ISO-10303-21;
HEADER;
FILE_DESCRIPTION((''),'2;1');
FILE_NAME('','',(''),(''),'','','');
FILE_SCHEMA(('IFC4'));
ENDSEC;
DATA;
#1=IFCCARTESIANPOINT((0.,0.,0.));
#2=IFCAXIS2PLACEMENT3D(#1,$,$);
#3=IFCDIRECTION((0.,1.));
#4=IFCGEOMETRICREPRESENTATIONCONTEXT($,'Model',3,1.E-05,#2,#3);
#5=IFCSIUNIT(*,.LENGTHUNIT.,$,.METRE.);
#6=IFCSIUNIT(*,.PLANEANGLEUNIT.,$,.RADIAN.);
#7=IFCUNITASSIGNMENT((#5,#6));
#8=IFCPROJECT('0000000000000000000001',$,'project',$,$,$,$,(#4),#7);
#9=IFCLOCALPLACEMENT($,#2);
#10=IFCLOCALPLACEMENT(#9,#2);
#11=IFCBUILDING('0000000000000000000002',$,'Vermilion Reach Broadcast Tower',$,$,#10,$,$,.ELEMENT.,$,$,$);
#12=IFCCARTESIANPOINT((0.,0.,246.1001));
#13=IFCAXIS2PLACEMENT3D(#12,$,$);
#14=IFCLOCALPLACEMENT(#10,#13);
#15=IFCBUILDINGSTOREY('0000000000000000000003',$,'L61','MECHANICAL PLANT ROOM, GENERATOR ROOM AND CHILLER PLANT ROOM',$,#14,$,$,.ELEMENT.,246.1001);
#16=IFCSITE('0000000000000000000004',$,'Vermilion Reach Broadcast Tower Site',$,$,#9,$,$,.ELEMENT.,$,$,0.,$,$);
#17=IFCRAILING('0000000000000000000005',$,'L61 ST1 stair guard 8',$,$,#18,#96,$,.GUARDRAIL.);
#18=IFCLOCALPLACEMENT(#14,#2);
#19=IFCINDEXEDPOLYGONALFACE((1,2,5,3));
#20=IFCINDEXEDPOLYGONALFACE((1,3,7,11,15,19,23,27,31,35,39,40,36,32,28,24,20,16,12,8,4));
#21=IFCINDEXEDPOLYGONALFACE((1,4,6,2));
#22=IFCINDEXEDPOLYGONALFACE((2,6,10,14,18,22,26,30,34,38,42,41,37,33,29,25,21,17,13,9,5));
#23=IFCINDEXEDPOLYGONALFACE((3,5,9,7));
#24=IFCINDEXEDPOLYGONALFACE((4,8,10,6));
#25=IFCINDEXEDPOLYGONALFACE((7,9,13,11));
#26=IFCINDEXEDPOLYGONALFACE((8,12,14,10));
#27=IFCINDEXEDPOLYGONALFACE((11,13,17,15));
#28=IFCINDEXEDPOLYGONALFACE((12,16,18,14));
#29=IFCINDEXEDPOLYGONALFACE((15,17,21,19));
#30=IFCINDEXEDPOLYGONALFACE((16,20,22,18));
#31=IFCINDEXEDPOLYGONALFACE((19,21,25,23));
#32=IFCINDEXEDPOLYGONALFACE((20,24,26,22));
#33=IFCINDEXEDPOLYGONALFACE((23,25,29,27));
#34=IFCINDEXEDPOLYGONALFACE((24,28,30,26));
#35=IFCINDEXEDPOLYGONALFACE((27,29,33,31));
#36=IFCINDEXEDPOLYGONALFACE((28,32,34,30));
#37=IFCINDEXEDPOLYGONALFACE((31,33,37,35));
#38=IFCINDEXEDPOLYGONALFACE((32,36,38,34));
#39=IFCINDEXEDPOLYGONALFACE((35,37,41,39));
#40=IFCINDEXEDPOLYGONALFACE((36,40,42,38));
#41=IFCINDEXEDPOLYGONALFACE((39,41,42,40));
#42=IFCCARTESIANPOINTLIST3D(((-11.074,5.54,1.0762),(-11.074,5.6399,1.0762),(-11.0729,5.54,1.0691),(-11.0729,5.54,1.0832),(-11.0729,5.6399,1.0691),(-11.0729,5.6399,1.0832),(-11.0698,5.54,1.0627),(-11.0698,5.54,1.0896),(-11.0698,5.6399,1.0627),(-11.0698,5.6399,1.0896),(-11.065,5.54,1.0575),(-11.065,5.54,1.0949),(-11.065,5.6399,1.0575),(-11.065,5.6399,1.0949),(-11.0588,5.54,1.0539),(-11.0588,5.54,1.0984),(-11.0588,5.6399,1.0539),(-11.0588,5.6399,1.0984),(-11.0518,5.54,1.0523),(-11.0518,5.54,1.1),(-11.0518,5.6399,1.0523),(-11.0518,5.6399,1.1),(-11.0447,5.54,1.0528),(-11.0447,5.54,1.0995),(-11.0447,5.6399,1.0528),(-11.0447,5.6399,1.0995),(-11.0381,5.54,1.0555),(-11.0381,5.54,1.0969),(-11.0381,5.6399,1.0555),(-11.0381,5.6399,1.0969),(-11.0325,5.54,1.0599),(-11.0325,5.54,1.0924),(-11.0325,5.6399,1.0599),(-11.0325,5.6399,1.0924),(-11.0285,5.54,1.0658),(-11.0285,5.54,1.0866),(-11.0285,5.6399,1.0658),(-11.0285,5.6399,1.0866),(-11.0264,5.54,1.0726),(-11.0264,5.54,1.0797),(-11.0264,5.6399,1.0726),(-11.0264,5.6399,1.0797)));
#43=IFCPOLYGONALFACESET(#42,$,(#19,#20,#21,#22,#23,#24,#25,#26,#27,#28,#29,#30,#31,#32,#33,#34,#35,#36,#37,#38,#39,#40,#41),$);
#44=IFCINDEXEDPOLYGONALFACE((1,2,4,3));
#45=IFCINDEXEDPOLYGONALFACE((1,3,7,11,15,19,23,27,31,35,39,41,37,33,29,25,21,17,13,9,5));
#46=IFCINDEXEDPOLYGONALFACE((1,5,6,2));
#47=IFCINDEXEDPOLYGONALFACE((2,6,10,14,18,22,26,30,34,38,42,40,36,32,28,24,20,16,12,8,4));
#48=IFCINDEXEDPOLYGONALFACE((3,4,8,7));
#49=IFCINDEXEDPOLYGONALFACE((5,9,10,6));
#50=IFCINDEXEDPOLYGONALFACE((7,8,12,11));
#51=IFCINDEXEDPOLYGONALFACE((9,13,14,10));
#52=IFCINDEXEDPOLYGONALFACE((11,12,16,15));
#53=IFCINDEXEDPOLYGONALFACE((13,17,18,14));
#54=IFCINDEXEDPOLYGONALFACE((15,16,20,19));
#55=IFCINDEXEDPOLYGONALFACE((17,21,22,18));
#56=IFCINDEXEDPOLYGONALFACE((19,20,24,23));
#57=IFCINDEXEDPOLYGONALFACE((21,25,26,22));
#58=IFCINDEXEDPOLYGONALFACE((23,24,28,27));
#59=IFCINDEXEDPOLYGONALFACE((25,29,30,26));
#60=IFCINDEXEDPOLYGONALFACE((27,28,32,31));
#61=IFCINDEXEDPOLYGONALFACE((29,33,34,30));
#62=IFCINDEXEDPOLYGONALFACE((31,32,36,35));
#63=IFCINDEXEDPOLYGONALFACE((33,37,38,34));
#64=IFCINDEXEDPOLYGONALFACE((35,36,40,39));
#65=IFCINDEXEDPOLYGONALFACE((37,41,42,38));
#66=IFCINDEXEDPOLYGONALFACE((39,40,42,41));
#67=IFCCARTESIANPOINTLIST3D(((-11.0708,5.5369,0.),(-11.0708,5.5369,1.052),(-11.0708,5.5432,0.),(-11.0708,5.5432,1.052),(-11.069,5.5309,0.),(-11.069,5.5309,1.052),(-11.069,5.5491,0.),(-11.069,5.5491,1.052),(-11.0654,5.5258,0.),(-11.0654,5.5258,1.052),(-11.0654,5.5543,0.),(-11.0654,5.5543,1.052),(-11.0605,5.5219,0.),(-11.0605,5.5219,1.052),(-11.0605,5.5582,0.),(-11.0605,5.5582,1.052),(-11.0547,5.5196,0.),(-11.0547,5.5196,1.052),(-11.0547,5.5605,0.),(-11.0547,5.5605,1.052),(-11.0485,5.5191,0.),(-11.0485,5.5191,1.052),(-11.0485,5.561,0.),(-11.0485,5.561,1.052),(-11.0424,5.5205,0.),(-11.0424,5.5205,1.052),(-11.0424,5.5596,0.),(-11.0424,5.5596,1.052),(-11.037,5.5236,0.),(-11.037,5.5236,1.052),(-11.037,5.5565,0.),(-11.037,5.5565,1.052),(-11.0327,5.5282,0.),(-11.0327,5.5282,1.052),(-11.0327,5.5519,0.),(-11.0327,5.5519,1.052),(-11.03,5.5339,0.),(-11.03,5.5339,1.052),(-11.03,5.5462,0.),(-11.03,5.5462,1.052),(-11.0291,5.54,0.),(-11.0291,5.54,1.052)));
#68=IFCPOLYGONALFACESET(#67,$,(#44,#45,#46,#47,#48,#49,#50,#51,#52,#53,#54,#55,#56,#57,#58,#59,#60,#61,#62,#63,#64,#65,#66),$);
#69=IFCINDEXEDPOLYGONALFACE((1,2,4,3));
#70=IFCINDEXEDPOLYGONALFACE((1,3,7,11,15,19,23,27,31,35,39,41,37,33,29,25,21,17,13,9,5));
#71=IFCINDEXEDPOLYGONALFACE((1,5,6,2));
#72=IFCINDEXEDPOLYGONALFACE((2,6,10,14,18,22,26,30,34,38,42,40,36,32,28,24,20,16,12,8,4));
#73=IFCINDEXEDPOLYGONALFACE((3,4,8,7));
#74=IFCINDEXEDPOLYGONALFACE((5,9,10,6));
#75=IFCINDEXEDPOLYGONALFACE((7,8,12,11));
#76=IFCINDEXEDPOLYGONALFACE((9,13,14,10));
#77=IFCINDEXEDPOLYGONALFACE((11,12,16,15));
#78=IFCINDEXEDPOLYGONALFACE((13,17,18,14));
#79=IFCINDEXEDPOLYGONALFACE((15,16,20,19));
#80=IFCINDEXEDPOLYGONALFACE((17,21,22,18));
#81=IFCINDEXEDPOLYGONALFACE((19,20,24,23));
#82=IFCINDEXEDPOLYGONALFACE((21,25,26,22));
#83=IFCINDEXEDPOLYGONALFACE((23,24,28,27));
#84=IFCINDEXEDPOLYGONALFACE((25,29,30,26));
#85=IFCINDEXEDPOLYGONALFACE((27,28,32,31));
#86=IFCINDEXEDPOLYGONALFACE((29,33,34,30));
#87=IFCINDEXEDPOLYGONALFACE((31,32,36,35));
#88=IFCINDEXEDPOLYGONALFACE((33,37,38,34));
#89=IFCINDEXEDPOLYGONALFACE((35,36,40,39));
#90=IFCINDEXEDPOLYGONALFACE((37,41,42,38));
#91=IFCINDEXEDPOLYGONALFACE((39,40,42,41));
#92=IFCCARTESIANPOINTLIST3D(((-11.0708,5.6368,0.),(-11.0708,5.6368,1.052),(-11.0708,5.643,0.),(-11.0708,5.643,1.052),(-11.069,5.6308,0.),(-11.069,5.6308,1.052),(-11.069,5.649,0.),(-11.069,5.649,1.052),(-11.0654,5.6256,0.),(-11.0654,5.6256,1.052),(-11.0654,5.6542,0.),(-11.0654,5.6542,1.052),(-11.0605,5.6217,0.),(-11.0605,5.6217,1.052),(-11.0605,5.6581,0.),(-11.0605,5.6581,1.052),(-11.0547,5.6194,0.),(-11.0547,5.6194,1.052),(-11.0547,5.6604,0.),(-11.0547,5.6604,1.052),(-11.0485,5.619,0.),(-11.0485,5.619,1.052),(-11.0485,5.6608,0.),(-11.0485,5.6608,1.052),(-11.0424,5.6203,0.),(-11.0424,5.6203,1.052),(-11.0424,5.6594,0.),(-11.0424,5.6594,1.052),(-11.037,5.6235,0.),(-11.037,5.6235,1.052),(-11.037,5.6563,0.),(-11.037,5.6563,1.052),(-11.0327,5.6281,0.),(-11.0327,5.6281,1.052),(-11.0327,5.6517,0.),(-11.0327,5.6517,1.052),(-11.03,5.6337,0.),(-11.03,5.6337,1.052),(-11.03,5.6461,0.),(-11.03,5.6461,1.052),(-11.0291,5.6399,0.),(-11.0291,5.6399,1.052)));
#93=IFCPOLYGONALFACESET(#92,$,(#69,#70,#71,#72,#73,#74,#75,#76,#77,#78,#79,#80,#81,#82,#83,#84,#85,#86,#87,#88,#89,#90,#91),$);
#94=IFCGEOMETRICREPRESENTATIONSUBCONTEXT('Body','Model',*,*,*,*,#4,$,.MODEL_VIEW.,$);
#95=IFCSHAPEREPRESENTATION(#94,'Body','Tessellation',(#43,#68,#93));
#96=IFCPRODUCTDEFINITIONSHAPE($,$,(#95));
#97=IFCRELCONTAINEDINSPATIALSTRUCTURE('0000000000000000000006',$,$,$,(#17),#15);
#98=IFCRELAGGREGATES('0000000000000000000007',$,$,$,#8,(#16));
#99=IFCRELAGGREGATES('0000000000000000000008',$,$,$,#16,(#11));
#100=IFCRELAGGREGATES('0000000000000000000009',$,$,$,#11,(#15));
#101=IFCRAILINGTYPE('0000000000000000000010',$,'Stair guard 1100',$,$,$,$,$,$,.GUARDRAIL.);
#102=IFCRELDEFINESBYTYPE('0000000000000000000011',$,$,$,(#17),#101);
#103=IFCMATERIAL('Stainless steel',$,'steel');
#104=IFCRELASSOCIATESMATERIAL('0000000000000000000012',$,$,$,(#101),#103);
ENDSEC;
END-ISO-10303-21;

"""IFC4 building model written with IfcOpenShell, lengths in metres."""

from ifc_helpers import new_model, si_unit, direction, frame, origin, origin_2d, place, context, subcontext, project, spatial, circle, extrude, material, type_object, element, save


model = new_model("IFC4")

# Units and contexts
model_context = context("Model", 3, precision=1e-05, world=origin(), true_north=direction((0.0, 1.0)))
body_context = subcontext(model_context, "Body", "Model", "MODEL_VIEW")
ifc_project = project(units=[si_unit("LENGTHUNIT", "METRE"), si_unit("PLANEANGLEUNIT", "RADIAN")], contexts=[model_context])

# Site, building, storey
site_placement = place(None, origin())
site = spatial("IfcSite", under=ifc_project, at=site_placement, Name="Vermilion Reach Broadcast Tower Site", CompositionType="ELEMENT", RefElevation=0.0)
building_placement = place(site_placement, origin())
building = spatial("IfcBuilding", under=site, at=building_placement, Name="Vermilion Reach Broadcast Tower", CompositionType="ELEMENT")
storey_placement = place(building_placement, frame((0.0, 0.0, 246.1001)))
storey = spatial("IfcBuildingStorey", under=building, at=storey_placement, Name="L61", Description="MECHANICAL PLANT ROOM, GENERATOR ROOM AND CHILLER PLANT ROOM", CompositionType="ELEMENT", Elevation=246.1001)

# Railing
ifc_material_1 = material(Name="Stainless steel", Category="steel")
railing_type_1 = type_object("IfcRailingType", Name="Stair guard 1100", PredefinedType="GUARDRAIL", material=ifc_material_1)
railing_1_placement = place(storey_placement, frame((-11.05, 5.54, 0.0)))
element("IfcRailing", 1, at=railing_1_placement, inside=storey, type_object=railing_type_1, Name="L61 ST1 stair guard 8", PredefinedType="GUARDRAIL", context=body_context, shape_type="SweptSolid", body=[
    extrude(circle(Radius=0.0239, at=origin_2d()), frame((0.0, 0.0, 1.0762), z_axis=(0.0, 1.0, 0.0), x_axis=(-1.0, 0.0, 0.0)), (0.0, 0.0, 1.0), 0.0999),
    extrude(circle(Radius=0.021, at=origin_2d()), origin(), (0.0, 0.0, 1.0), 1.052),
    extrude(circle(Radius=0.021, at=origin_2d()), frame((0.0, 0.0999, 0.0)), (0.0, 0.0, 1.0), 1.052),
])

save(model, "model.ifc")
